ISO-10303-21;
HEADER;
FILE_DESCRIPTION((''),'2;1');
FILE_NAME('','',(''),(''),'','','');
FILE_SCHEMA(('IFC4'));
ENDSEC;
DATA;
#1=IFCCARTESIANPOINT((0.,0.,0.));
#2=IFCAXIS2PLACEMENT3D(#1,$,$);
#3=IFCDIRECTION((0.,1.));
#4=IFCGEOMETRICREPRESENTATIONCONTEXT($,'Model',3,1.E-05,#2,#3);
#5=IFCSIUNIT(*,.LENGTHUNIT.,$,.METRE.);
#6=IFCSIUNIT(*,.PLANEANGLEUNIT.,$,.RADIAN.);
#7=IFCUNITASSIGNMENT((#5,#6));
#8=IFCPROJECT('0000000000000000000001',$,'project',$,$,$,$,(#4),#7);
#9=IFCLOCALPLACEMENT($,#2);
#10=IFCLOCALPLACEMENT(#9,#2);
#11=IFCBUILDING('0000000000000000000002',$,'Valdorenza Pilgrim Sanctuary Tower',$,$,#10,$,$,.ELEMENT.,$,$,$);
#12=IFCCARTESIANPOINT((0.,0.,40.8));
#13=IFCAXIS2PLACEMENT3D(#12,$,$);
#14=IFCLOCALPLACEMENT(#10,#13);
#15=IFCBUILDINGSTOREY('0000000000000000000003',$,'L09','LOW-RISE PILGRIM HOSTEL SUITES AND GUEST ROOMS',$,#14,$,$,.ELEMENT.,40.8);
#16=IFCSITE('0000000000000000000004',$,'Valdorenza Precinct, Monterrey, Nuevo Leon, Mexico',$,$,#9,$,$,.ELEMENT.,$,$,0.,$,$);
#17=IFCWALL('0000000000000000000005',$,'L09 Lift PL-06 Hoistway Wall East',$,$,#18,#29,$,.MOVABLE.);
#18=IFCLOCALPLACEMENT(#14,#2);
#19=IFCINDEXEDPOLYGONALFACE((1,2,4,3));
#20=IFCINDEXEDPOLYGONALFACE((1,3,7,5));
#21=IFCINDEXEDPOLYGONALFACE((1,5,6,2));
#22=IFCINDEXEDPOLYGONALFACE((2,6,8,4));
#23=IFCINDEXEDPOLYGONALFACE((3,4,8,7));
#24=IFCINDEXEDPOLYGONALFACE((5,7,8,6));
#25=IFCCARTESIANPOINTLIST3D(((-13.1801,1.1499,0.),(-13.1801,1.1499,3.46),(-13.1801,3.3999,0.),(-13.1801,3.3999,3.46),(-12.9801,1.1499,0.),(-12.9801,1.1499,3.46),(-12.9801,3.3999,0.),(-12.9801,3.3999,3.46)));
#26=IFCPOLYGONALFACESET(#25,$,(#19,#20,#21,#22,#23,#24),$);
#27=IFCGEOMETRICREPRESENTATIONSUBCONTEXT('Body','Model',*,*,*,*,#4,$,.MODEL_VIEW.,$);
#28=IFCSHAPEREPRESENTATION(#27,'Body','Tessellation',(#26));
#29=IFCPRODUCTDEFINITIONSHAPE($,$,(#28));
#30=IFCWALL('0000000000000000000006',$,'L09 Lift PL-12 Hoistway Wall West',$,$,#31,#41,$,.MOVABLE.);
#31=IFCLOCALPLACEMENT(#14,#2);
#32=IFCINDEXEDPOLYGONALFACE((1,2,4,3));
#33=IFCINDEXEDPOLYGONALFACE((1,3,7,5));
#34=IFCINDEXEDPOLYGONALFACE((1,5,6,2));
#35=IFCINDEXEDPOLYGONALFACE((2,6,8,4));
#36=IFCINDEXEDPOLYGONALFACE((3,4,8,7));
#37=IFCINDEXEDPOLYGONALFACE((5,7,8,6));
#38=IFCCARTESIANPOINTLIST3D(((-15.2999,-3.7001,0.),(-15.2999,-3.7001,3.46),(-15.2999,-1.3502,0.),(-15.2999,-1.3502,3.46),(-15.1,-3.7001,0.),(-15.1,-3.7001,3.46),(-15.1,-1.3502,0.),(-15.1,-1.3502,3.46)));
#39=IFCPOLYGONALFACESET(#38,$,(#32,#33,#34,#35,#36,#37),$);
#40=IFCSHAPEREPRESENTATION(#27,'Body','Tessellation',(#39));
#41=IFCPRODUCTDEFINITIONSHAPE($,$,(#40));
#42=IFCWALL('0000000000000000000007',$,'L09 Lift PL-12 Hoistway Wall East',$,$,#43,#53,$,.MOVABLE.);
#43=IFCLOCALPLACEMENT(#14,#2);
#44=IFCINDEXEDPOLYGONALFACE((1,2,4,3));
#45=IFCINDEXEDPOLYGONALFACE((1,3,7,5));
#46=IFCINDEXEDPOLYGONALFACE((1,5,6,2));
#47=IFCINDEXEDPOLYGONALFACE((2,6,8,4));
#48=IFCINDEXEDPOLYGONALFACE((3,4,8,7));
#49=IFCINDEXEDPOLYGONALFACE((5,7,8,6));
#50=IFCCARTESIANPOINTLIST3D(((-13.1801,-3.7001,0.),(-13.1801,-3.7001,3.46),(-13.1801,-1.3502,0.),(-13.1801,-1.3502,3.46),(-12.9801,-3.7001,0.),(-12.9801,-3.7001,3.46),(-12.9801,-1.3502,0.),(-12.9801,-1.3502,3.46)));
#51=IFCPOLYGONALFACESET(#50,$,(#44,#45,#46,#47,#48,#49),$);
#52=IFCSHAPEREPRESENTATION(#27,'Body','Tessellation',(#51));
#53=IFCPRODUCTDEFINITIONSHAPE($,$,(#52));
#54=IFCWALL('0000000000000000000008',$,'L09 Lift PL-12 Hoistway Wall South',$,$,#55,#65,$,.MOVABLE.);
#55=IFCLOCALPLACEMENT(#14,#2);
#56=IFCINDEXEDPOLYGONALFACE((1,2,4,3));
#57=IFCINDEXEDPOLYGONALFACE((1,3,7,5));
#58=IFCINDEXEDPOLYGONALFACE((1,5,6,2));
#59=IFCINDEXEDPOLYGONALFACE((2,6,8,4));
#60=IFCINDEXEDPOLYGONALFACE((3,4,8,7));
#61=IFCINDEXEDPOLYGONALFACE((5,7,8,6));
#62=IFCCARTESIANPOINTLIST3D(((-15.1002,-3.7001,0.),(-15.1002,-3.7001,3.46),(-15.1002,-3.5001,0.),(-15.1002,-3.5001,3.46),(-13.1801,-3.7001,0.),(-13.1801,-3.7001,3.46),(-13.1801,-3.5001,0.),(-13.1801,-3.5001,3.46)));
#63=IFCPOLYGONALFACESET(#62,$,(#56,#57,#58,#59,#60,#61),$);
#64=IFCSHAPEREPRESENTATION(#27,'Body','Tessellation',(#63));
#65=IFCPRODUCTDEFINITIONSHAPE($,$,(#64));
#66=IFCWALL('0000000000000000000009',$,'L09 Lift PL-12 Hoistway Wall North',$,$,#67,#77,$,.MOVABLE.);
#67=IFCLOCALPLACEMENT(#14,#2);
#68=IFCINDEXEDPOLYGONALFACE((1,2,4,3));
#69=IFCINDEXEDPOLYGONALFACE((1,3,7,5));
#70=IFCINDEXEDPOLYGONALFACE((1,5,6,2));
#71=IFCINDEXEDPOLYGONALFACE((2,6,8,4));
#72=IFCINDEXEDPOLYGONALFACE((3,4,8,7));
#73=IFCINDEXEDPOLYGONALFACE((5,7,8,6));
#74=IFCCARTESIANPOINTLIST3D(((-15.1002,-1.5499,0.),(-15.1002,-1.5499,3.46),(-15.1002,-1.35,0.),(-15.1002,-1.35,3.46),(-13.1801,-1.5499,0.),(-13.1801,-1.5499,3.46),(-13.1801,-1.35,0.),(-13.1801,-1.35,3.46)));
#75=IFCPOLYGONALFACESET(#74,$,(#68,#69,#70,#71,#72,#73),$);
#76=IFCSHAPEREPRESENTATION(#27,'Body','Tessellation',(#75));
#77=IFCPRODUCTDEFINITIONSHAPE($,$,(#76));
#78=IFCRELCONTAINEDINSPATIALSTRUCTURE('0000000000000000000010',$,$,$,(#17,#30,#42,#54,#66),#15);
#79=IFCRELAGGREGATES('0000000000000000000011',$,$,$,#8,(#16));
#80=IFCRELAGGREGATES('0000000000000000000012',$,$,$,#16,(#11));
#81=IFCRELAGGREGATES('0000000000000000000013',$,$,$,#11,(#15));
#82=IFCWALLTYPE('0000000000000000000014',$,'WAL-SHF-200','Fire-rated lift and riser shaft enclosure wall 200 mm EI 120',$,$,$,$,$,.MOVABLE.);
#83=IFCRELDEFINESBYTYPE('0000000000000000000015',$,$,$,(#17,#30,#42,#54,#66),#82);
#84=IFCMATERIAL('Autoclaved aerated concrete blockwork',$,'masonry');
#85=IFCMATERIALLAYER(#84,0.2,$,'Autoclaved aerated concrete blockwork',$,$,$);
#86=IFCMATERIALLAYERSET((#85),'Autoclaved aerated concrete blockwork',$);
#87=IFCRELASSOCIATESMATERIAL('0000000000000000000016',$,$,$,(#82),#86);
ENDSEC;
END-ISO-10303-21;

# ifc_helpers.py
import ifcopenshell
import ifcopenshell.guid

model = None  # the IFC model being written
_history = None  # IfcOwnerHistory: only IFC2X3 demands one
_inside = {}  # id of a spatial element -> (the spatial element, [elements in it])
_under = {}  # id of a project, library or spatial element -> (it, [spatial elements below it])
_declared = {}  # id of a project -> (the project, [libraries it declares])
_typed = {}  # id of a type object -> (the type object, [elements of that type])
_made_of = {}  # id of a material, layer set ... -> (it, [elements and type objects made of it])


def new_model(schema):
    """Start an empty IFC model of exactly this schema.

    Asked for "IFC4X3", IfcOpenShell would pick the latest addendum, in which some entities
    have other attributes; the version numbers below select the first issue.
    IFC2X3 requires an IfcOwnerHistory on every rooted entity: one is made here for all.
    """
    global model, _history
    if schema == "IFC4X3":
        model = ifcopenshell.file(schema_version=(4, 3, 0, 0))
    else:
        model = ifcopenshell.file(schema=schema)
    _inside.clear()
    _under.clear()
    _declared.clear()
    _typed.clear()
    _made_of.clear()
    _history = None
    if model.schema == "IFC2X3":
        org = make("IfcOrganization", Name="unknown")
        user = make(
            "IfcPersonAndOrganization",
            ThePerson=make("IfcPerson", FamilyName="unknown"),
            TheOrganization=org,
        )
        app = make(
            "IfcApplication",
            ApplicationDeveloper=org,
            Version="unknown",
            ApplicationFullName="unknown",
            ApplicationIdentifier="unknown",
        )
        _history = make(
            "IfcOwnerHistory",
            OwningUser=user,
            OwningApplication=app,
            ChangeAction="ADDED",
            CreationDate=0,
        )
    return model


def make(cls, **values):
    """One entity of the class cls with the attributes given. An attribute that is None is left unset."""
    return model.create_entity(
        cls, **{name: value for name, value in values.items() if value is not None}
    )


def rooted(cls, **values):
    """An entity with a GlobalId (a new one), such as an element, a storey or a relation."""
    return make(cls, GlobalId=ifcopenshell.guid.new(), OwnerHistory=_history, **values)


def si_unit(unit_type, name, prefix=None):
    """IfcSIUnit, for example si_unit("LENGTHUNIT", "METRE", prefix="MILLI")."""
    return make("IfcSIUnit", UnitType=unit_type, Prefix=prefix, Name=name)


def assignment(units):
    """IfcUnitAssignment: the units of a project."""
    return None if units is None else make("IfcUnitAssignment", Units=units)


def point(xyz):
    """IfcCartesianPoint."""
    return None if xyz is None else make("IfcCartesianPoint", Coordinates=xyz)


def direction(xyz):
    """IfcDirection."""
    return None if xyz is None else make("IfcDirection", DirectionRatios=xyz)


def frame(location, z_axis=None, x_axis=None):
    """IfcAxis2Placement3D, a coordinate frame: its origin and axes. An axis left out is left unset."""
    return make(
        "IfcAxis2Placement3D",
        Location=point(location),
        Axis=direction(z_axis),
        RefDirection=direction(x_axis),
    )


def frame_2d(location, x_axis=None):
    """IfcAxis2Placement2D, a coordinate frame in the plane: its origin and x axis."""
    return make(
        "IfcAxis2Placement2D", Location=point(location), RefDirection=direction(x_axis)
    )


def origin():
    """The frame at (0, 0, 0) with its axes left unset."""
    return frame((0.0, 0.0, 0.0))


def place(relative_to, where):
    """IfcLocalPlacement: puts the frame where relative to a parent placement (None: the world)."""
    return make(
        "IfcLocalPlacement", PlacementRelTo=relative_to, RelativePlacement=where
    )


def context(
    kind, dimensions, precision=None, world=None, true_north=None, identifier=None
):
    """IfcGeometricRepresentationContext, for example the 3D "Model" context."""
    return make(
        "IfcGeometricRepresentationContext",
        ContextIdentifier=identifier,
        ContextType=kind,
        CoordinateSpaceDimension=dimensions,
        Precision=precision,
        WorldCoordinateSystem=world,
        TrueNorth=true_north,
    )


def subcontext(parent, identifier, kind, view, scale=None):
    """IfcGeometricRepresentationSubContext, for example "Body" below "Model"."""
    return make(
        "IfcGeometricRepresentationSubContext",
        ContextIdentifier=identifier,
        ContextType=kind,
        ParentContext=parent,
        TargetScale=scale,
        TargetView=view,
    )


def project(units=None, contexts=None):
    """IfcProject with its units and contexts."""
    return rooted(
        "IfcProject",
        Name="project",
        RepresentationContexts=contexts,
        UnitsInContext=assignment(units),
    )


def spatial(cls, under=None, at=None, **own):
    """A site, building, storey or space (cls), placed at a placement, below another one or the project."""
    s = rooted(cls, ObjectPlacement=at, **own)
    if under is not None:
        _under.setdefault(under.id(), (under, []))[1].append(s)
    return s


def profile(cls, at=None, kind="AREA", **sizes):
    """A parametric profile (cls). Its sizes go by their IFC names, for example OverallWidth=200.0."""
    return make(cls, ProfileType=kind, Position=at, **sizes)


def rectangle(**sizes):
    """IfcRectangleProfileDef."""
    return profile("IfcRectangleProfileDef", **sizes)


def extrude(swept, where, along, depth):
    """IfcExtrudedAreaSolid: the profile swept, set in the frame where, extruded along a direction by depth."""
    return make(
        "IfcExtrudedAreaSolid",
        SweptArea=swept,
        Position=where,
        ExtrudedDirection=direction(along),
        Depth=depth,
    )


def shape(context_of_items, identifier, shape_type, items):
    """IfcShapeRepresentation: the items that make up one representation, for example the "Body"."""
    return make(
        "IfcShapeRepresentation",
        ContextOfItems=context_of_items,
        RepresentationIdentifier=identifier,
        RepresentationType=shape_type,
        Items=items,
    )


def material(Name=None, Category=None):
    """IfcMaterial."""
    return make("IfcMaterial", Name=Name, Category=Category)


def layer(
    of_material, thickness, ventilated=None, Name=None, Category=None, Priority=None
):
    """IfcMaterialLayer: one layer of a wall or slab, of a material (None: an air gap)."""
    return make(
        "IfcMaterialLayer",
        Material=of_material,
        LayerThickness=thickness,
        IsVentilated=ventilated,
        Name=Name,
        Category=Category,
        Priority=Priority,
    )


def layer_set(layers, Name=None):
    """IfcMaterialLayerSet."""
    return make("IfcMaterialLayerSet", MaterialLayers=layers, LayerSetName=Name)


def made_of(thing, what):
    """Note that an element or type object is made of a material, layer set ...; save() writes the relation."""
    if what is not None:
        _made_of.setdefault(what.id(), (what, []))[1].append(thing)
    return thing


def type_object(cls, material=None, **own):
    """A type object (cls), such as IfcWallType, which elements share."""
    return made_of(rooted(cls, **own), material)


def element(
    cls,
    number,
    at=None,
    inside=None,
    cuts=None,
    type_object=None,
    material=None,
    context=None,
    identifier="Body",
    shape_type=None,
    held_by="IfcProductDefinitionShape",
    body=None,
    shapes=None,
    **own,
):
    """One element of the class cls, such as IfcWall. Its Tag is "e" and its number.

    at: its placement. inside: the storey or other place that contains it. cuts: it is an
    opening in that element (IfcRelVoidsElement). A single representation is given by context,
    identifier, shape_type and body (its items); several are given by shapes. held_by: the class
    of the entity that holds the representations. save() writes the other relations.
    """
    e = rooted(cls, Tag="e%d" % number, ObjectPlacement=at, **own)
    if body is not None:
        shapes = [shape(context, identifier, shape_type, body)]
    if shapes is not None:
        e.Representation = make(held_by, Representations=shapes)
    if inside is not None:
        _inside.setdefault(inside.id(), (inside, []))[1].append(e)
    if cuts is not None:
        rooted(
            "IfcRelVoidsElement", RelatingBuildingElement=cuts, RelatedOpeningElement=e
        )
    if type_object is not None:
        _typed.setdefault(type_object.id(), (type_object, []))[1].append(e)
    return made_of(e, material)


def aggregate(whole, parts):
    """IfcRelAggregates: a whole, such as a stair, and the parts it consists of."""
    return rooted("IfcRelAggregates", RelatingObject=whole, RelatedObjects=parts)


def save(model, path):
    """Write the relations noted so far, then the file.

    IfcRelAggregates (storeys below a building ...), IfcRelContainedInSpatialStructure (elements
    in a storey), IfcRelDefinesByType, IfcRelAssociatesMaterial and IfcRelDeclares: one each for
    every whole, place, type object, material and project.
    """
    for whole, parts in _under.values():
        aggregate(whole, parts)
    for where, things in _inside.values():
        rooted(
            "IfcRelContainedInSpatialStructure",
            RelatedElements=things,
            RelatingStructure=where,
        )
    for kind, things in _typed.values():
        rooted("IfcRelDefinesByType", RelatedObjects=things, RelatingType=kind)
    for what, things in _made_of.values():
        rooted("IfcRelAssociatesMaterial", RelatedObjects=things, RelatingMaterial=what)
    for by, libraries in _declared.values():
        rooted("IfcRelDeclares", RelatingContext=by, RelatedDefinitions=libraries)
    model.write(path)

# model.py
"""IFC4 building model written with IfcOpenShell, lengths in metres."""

from ifc_helpers import new_model, si_unit, direction, frame, frame_2d, origin, place, context, subcontext, project, spatial, rectangle, extrude, material, layer, layer_set, type_object, element, save


model = new_model("IFC4")

# Units and contexts
model_context = context("Model", 3, precision=1e-05, world=origin(), true_north=direction((0.0, 1.0)))
body_context = subcontext(model_context, "Body", "Model", "MODEL_VIEW")
ifc_project = project(units=[si_unit("LENGTHUNIT", "METRE"), si_unit("PLANEANGLEUNIT", "RADIAN")], contexts=[model_context])

# Site, building, storey
site_placement = place(None, origin())
site = spatial("IfcSite", under=ifc_project, at=site_placement, Name="Valdorenza Precinct, Monterrey, Nuevo Leon, Mexico", CompositionType="ELEMENT", RefElevation=0.0)
building_placement = place(site_placement, origin())
building = spatial("IfcBuilding", under=site, at=building_placement, Name="Valdorenza Pilgrim Sanctuary Tower", CompositionType="ELEMENT")
storey_placement = place(building_placement, frame((0.0, 0.0, 40.8)))
storey = spatial("IfcBuildingStorey", under=building, at=storey_placement, Name="L09", Description="LOW-RISE PILGRIM HOSTEL SUITES AND GUEST ROOMS", CompositionType="ELEMENT", Elevation=40.8)

# Shared definitions
ifc_material_1 = material(Name="Autoclaved aerated concrete blockwork", Category="masonry")
ifc_layer_1 = layer(ifc_material_1, 0.2, Name="Autoclaved aerated concrete blockwork")
ifc_layer_set_1 = layer_set([ifc_layer_1], Name="Autoclaved aerated concrete blockwork")
wall_type_1 = type_object("IfcWallType", Name="WAL-SHF-200", Description="Fire-rated lift and riser shaft enclosure wall 200 mm EI 120", PredefinedType="MOVABLE", material=ifc_layer_set_1)

# Walls
for number, where, z_axis, x_axis, name in (
    (1, (-13.0801, 1.1499, 0.0), (0.0, 0.0, 1.0), (0.0, 1.0, 0.0), "L09 Lift PL-06 Hoistway Wall East"),
):
    element("IfcWall", number, at=place(storey_placement, frame(where, z_axis=z_axis, x_axis=x_axis)), inside=storey, type_object=wall_type_1, Name=name, PredefinedType="MOVABLE", context=body_context, shape_type="SweptSolid", body=[
        extrude(rectangle(XDim=2.25, YDim=0.2, at=frame_2d((1.125, 0.0))), origin(), (0.0, 0.0, 1.0), 3.46),
    ])
for number, where, z_axis, x_axis, name in (
    (2, (-15.2, -3.7, 0.0), (0.0, 0.0, 1.0), (0.0, 1.0, 0.0), "L09 Lift PL-12 Hoistway Wall West"),
    (3, (-13.0801, -3.7, 0.0), (0.0, 0.0, 1.0), (0.0, 1.0, 0.0), "L09 Lift PL-12 Hoistway Wall East"),
):
    element("IfcWall", number, at=place(storey_placement, frame(where, z_axis=z_axis, x_axis=x_axis)), inside=storey, type_object=wall_type_1, Name=name, PredefinedType="MOVABLE", context=body_context, shape_type="SweptSolid", body=[
        extrude(rectangle(XDim=2.3499, YDim=0.2, at=frame_2d((1.1748, 0.0))), origin(), (0.0, 0.0, 1.0), 3.46),
    ])
for number, where, z_axis, x_axis, name in (
    (4, (-15.1001, -3.6001, 0.0), (0.0, 0.0, 1.0), (1.0, 0.0, 0.0), "L09 Lift PL-12 Hoistway Wall South"),
    (5, (-15.1001, -1.45, 0.0), (0.0, 0.0, 1.0), (1.0, 0.0, 0.0), "L09 Lift PL-12 Hoistway Wall North"),
):
    element("IfcWall", number, at=place(storey_placement, frame(where, z_axis=z_axis, x_axis=x_axis)), inside=storey, type_object=wall_type_1, Name=name, PredefinedType="MOVABLE", context=body_context, shape_type="SweptSolid", body=[
        extrude(rectangle(XDim=1.9202, YDim=0.2, at=frame_2d((0.96, 0.0))), origin(), (0.0, 0.0, 1.0), 3.46),
    ])

save(model, "model.ifc")
